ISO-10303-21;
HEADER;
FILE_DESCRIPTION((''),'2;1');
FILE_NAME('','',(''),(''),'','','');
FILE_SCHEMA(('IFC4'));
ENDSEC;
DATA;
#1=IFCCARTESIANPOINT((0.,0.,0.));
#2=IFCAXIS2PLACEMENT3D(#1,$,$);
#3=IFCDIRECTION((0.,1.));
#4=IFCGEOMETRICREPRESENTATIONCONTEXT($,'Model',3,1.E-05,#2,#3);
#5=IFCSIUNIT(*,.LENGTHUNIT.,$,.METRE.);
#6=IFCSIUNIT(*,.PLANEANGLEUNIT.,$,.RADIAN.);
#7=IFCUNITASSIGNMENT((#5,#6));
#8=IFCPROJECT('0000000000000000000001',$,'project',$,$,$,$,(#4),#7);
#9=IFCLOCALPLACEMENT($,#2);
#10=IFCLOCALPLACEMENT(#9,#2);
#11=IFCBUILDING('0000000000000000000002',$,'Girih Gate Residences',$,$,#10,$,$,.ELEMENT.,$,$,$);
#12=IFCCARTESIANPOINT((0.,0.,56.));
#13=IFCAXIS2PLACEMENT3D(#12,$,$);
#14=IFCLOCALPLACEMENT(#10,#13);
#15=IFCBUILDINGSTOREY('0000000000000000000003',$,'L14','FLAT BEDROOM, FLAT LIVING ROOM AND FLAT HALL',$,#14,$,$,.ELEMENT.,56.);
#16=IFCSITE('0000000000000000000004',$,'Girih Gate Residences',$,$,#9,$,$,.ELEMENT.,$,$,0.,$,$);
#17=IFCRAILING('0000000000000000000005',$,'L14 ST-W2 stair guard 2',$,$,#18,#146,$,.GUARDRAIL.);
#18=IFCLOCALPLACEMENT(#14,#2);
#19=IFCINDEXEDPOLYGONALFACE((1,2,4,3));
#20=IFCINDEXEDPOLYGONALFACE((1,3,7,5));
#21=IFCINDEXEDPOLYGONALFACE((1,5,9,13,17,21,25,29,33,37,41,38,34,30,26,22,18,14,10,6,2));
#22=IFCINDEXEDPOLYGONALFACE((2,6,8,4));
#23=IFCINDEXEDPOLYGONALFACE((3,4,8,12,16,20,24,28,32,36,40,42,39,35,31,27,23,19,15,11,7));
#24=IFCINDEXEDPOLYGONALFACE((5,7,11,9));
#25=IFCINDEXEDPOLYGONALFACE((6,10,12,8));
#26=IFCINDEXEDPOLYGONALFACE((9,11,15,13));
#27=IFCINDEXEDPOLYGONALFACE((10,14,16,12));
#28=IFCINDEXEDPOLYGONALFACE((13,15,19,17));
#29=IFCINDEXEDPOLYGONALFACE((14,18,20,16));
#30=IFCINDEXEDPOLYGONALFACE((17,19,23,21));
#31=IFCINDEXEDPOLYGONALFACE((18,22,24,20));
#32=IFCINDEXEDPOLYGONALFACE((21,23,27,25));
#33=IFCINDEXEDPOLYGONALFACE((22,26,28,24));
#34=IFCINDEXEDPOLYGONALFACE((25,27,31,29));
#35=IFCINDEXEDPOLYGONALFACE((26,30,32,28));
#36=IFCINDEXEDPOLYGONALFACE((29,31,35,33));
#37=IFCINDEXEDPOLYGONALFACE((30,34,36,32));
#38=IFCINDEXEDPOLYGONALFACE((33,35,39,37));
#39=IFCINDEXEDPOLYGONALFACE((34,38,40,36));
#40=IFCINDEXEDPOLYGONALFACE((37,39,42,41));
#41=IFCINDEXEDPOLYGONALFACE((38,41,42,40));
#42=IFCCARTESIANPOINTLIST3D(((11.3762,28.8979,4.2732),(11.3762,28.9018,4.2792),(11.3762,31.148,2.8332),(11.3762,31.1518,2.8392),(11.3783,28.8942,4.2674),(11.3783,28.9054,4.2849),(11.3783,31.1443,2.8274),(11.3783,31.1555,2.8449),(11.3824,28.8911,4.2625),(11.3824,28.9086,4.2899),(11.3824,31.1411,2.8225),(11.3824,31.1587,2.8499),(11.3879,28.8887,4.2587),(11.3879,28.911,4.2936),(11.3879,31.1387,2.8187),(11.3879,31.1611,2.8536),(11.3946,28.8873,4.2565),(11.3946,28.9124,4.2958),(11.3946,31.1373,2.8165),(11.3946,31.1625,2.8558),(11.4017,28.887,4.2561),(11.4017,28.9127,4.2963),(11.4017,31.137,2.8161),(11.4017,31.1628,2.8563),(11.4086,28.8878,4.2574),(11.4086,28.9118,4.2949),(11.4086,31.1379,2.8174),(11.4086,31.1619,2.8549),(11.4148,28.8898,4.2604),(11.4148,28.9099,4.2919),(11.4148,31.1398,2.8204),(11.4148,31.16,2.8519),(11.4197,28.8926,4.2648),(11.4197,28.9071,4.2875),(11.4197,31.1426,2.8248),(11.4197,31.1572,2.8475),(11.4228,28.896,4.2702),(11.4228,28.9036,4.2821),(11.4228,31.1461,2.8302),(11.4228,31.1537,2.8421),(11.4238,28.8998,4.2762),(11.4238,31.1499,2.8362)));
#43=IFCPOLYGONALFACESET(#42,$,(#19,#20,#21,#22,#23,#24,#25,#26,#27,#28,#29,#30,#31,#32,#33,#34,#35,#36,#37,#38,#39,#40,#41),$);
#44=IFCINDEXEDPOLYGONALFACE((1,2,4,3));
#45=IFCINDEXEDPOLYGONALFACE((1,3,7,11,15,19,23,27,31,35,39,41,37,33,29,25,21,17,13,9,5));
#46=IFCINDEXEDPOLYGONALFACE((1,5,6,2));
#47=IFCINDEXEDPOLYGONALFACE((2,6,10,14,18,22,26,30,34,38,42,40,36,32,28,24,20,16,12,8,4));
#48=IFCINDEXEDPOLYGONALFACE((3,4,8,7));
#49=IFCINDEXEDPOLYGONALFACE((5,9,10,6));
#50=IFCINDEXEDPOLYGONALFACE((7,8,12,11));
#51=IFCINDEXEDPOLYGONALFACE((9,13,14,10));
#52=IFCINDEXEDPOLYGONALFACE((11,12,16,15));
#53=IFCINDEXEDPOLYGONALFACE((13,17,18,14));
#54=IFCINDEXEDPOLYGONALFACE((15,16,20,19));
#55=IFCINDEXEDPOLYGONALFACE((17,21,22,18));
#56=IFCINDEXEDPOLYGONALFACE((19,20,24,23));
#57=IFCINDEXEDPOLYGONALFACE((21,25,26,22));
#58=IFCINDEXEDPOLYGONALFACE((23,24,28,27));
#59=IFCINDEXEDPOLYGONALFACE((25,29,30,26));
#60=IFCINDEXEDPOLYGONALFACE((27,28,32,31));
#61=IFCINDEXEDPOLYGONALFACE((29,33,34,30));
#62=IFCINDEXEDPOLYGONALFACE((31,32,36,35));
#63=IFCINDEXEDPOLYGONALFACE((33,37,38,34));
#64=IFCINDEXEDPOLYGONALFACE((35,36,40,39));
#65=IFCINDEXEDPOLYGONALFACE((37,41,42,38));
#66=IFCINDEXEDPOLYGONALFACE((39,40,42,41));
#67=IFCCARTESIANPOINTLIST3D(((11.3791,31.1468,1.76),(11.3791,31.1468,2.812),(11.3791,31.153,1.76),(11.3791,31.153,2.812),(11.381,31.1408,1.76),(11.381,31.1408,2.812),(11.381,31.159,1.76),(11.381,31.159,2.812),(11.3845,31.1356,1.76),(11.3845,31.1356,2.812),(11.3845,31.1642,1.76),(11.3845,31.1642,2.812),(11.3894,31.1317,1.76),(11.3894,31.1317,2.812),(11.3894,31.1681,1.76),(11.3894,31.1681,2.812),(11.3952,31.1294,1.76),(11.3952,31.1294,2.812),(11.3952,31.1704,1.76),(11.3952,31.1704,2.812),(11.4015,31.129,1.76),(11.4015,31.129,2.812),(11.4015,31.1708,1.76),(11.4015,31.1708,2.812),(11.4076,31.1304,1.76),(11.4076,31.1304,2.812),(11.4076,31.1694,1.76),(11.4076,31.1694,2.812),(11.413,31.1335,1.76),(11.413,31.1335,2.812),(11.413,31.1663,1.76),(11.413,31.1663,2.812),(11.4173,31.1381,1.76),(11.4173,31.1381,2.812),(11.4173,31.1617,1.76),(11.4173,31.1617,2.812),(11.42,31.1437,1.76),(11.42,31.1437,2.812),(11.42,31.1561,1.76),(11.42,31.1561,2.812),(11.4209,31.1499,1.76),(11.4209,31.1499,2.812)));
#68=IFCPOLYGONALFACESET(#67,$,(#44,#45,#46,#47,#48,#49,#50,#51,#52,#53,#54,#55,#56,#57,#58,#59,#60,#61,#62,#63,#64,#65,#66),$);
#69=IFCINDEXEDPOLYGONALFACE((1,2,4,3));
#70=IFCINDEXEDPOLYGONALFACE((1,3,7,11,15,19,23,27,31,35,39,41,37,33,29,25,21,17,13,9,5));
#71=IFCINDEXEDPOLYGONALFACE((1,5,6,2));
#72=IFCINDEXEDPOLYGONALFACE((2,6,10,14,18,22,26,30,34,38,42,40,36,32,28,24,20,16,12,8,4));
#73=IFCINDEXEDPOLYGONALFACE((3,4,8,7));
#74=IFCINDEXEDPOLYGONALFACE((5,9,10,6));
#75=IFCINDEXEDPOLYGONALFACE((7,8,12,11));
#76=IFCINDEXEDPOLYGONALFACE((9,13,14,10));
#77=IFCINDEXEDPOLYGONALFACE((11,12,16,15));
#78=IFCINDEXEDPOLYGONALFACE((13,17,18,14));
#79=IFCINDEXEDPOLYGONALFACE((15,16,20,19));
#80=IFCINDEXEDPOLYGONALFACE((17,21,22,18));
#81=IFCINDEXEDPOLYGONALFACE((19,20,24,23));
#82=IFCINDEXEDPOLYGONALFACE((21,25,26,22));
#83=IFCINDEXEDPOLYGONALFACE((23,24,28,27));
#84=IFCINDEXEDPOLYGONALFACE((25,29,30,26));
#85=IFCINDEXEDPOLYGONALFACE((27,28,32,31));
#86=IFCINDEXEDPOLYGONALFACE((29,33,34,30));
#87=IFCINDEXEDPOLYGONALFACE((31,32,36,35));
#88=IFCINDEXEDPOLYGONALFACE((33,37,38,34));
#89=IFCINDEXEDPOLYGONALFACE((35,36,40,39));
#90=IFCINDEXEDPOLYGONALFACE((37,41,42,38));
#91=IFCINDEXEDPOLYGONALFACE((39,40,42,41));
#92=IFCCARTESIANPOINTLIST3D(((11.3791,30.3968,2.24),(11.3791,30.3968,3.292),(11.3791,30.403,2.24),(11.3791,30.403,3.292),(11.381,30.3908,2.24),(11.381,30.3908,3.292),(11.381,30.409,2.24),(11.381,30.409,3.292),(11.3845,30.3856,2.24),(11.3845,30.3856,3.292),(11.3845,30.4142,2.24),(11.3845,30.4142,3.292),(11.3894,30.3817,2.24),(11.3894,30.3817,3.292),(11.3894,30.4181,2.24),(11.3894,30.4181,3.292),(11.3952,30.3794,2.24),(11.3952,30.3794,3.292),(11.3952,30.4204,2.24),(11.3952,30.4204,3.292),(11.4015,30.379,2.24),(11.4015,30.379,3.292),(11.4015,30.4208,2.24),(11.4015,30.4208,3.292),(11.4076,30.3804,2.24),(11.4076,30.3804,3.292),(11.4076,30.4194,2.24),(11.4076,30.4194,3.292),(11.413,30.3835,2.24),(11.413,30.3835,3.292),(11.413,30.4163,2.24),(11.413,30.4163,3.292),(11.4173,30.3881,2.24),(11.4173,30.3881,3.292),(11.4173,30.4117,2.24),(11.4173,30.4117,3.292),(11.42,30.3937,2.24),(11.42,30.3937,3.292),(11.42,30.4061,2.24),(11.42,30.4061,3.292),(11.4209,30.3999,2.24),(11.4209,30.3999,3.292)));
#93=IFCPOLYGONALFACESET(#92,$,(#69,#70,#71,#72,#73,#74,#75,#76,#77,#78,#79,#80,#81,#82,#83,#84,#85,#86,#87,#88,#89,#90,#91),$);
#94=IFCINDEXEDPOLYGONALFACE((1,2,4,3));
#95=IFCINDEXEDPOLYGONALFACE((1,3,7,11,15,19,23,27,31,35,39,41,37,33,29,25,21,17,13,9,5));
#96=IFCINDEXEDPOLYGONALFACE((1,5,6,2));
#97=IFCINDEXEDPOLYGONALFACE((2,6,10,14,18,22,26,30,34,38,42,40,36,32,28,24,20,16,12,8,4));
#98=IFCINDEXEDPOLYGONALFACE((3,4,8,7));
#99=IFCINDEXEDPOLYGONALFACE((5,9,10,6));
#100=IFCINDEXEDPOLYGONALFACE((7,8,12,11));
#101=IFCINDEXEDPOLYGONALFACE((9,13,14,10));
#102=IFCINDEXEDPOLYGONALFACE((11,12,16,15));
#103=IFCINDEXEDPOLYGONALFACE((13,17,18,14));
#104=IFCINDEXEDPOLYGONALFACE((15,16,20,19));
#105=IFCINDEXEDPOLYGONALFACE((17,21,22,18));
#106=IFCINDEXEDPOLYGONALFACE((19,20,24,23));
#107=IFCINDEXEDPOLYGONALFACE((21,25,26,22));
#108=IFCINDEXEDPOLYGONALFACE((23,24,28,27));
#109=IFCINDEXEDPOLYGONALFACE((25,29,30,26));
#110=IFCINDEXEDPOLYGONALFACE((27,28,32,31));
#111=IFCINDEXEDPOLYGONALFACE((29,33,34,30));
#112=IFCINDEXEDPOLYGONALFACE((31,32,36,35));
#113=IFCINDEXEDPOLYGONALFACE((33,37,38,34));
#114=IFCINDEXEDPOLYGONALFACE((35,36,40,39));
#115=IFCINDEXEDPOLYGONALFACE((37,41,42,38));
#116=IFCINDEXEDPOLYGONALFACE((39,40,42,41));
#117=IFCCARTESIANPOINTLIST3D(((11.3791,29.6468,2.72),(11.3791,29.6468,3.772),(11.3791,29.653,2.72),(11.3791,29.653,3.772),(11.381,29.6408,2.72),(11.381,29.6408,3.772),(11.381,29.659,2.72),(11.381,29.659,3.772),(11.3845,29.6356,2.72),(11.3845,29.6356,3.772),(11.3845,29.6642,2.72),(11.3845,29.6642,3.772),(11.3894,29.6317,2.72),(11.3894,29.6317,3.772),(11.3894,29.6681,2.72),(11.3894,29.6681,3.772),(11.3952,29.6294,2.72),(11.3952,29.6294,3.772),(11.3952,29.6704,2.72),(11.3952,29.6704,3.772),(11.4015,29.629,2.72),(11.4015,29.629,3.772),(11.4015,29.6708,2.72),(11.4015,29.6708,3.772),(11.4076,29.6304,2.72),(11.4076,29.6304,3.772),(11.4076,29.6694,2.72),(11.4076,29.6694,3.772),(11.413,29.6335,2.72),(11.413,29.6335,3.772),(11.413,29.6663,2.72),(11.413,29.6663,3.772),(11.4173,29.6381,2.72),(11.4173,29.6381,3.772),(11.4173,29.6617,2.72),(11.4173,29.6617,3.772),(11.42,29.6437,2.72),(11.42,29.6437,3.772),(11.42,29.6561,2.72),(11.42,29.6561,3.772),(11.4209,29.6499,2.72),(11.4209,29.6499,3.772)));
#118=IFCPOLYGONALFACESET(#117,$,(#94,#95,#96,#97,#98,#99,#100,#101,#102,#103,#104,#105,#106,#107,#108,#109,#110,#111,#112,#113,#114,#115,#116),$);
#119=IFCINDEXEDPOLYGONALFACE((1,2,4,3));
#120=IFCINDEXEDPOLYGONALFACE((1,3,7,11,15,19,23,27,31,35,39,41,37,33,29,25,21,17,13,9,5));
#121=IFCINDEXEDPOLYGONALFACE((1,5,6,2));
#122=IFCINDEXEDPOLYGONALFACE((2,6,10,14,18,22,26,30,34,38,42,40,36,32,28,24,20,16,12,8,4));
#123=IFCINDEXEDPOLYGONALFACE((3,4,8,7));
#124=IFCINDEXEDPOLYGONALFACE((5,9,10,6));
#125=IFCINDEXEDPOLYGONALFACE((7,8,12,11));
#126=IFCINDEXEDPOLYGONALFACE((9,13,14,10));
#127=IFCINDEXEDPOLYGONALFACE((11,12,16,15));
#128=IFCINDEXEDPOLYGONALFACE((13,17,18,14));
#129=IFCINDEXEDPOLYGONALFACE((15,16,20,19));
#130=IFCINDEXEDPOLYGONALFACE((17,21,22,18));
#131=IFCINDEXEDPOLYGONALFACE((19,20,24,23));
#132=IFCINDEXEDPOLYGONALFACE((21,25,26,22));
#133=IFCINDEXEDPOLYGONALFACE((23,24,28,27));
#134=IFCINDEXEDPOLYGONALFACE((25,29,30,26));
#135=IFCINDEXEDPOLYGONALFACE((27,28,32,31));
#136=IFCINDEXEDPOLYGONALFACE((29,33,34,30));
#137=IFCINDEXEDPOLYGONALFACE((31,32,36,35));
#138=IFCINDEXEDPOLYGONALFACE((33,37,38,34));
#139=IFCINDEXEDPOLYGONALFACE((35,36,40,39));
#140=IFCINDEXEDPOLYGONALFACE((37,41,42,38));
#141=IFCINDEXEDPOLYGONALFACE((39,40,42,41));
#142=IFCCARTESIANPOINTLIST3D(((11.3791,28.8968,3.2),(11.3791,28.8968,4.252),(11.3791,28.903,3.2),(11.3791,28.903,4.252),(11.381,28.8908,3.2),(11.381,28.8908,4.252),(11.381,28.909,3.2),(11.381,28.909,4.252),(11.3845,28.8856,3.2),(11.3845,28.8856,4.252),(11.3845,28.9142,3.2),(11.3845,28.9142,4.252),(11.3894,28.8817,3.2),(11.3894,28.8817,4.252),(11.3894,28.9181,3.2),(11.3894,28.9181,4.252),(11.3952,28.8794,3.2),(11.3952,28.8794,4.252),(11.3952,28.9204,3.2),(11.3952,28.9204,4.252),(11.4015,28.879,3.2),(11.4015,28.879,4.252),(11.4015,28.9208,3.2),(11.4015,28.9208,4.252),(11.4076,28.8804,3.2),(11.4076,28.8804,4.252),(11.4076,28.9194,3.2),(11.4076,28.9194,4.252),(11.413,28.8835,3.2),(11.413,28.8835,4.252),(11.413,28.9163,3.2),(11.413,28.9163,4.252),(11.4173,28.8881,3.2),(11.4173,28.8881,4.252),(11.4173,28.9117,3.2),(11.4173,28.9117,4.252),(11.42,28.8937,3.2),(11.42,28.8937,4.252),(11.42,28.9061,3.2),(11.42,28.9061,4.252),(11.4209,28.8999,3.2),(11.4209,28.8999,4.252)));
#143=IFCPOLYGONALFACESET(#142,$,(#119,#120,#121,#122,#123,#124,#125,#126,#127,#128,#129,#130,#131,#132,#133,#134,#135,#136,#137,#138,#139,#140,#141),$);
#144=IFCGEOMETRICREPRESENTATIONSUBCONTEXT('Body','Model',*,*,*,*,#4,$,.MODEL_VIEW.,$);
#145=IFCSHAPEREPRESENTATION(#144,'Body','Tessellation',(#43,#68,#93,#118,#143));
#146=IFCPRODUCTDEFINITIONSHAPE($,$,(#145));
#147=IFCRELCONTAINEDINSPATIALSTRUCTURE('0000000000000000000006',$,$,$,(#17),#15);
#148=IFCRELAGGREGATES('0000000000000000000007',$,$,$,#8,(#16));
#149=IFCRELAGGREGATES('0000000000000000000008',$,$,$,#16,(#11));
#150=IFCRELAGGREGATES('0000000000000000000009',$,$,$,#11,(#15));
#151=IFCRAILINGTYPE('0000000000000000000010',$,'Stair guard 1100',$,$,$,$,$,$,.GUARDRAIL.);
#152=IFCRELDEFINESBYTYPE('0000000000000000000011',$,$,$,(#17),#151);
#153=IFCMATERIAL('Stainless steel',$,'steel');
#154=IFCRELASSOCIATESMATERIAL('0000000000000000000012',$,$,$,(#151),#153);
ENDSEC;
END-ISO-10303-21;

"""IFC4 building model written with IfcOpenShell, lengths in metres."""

from ifc_helpers import new_model, si_unit, direction, frame, origin, origin_2d, place, context, subcontext, project, spatial, circle, extrude, material, type_object, element, save


model = new_model("IFC4")

# Units and contexts
model_context = context("Model", 3, precision=1e-05, world=origin(), true_north=direction((0.0, 1.0)))
body_context = subcontext(model_context, "Body", "Model", "MODEL_VIEW")
ifc_project = project(units=[si_unit("LENGTHUNIT", "METRE"), si_unit("PLANEANGLEUNIT", "RADIAN")], contexts=[model_context])

# Site, building, storey
site_placement = place(None, origin())
site = spatial("IfcSite", under=ifc_project, at=site_placement, Name="Girih Gate Residences", CompositionType="ELEMENT", RefElevation=0.0)
building_placement = place(site_placement, origin())
building = spatial("IfcBuilding", under=site, at=building_placement, Name="Girih Gate Residences", CompositionType="ELEMENT")
storey_placement = place(building_placement, frame((0.0, 0.0, 56.0)))
storey = spatial("IfcBuildingStorey", under=building, at=storey_placement, Name="L14", Description="FLAT BEDROOM, FLAT LIVING ROOM AND FLAT HALL", CompositionType="ELEMENT", Elevation=56.0)

# Railing
ifc_material_1 = material(Name="Stainless steel", Category="steel")
railing_type_1 = type_object("IfcRailingType", Name="Stair guard 1100", PredefinedType="GUARDRAIL", material=ifc_material_1)
railing_1_placement = place(storey_placement, frame((11.3999, 31.1499, 1.76)))
element("IfcRailing", 1, at=railing_1_placement, inside=storey, type_object=railing_type_1, Name="L14 ST-W2 stair guard 2", PredefinedType="GUARDRAIL", context=body_context, shape_type="SweptSolid", body=[
    extrude(circle(Radius=0.0239, at=origin_2d()), frame((0.0, 0.0, 1.0762), z_axis=(0.0, -0.842281, 0.539038), x_axis=(1.0, 0.0, 0.0)), (0.0, 0.0, 1.0), 2.6714),
    extrude(circle(Radius=0.021, at=origin_2d()), origin(), (0.0, 0.0, 1.0), 1.052),
    extrude(circle(Radius=0.021, at=origin_2d()), frame((0.0, -0.75, 0.48)), (0.0, 0.0, 1.0), 1.052),
    extrude(circle(Radius=0.021, at=origin_2d()), frame((0.0, -1.5, 0.96)), (0.0, 0.0, 1.0), 1.052),
    extrude(circle(Radius=0.021, at=origin_2d()), frame((0.0, -2.25, 1.4399)), (0.0, 0.0, 1.0), 1.052),
])

save(model, "model.ifc")
